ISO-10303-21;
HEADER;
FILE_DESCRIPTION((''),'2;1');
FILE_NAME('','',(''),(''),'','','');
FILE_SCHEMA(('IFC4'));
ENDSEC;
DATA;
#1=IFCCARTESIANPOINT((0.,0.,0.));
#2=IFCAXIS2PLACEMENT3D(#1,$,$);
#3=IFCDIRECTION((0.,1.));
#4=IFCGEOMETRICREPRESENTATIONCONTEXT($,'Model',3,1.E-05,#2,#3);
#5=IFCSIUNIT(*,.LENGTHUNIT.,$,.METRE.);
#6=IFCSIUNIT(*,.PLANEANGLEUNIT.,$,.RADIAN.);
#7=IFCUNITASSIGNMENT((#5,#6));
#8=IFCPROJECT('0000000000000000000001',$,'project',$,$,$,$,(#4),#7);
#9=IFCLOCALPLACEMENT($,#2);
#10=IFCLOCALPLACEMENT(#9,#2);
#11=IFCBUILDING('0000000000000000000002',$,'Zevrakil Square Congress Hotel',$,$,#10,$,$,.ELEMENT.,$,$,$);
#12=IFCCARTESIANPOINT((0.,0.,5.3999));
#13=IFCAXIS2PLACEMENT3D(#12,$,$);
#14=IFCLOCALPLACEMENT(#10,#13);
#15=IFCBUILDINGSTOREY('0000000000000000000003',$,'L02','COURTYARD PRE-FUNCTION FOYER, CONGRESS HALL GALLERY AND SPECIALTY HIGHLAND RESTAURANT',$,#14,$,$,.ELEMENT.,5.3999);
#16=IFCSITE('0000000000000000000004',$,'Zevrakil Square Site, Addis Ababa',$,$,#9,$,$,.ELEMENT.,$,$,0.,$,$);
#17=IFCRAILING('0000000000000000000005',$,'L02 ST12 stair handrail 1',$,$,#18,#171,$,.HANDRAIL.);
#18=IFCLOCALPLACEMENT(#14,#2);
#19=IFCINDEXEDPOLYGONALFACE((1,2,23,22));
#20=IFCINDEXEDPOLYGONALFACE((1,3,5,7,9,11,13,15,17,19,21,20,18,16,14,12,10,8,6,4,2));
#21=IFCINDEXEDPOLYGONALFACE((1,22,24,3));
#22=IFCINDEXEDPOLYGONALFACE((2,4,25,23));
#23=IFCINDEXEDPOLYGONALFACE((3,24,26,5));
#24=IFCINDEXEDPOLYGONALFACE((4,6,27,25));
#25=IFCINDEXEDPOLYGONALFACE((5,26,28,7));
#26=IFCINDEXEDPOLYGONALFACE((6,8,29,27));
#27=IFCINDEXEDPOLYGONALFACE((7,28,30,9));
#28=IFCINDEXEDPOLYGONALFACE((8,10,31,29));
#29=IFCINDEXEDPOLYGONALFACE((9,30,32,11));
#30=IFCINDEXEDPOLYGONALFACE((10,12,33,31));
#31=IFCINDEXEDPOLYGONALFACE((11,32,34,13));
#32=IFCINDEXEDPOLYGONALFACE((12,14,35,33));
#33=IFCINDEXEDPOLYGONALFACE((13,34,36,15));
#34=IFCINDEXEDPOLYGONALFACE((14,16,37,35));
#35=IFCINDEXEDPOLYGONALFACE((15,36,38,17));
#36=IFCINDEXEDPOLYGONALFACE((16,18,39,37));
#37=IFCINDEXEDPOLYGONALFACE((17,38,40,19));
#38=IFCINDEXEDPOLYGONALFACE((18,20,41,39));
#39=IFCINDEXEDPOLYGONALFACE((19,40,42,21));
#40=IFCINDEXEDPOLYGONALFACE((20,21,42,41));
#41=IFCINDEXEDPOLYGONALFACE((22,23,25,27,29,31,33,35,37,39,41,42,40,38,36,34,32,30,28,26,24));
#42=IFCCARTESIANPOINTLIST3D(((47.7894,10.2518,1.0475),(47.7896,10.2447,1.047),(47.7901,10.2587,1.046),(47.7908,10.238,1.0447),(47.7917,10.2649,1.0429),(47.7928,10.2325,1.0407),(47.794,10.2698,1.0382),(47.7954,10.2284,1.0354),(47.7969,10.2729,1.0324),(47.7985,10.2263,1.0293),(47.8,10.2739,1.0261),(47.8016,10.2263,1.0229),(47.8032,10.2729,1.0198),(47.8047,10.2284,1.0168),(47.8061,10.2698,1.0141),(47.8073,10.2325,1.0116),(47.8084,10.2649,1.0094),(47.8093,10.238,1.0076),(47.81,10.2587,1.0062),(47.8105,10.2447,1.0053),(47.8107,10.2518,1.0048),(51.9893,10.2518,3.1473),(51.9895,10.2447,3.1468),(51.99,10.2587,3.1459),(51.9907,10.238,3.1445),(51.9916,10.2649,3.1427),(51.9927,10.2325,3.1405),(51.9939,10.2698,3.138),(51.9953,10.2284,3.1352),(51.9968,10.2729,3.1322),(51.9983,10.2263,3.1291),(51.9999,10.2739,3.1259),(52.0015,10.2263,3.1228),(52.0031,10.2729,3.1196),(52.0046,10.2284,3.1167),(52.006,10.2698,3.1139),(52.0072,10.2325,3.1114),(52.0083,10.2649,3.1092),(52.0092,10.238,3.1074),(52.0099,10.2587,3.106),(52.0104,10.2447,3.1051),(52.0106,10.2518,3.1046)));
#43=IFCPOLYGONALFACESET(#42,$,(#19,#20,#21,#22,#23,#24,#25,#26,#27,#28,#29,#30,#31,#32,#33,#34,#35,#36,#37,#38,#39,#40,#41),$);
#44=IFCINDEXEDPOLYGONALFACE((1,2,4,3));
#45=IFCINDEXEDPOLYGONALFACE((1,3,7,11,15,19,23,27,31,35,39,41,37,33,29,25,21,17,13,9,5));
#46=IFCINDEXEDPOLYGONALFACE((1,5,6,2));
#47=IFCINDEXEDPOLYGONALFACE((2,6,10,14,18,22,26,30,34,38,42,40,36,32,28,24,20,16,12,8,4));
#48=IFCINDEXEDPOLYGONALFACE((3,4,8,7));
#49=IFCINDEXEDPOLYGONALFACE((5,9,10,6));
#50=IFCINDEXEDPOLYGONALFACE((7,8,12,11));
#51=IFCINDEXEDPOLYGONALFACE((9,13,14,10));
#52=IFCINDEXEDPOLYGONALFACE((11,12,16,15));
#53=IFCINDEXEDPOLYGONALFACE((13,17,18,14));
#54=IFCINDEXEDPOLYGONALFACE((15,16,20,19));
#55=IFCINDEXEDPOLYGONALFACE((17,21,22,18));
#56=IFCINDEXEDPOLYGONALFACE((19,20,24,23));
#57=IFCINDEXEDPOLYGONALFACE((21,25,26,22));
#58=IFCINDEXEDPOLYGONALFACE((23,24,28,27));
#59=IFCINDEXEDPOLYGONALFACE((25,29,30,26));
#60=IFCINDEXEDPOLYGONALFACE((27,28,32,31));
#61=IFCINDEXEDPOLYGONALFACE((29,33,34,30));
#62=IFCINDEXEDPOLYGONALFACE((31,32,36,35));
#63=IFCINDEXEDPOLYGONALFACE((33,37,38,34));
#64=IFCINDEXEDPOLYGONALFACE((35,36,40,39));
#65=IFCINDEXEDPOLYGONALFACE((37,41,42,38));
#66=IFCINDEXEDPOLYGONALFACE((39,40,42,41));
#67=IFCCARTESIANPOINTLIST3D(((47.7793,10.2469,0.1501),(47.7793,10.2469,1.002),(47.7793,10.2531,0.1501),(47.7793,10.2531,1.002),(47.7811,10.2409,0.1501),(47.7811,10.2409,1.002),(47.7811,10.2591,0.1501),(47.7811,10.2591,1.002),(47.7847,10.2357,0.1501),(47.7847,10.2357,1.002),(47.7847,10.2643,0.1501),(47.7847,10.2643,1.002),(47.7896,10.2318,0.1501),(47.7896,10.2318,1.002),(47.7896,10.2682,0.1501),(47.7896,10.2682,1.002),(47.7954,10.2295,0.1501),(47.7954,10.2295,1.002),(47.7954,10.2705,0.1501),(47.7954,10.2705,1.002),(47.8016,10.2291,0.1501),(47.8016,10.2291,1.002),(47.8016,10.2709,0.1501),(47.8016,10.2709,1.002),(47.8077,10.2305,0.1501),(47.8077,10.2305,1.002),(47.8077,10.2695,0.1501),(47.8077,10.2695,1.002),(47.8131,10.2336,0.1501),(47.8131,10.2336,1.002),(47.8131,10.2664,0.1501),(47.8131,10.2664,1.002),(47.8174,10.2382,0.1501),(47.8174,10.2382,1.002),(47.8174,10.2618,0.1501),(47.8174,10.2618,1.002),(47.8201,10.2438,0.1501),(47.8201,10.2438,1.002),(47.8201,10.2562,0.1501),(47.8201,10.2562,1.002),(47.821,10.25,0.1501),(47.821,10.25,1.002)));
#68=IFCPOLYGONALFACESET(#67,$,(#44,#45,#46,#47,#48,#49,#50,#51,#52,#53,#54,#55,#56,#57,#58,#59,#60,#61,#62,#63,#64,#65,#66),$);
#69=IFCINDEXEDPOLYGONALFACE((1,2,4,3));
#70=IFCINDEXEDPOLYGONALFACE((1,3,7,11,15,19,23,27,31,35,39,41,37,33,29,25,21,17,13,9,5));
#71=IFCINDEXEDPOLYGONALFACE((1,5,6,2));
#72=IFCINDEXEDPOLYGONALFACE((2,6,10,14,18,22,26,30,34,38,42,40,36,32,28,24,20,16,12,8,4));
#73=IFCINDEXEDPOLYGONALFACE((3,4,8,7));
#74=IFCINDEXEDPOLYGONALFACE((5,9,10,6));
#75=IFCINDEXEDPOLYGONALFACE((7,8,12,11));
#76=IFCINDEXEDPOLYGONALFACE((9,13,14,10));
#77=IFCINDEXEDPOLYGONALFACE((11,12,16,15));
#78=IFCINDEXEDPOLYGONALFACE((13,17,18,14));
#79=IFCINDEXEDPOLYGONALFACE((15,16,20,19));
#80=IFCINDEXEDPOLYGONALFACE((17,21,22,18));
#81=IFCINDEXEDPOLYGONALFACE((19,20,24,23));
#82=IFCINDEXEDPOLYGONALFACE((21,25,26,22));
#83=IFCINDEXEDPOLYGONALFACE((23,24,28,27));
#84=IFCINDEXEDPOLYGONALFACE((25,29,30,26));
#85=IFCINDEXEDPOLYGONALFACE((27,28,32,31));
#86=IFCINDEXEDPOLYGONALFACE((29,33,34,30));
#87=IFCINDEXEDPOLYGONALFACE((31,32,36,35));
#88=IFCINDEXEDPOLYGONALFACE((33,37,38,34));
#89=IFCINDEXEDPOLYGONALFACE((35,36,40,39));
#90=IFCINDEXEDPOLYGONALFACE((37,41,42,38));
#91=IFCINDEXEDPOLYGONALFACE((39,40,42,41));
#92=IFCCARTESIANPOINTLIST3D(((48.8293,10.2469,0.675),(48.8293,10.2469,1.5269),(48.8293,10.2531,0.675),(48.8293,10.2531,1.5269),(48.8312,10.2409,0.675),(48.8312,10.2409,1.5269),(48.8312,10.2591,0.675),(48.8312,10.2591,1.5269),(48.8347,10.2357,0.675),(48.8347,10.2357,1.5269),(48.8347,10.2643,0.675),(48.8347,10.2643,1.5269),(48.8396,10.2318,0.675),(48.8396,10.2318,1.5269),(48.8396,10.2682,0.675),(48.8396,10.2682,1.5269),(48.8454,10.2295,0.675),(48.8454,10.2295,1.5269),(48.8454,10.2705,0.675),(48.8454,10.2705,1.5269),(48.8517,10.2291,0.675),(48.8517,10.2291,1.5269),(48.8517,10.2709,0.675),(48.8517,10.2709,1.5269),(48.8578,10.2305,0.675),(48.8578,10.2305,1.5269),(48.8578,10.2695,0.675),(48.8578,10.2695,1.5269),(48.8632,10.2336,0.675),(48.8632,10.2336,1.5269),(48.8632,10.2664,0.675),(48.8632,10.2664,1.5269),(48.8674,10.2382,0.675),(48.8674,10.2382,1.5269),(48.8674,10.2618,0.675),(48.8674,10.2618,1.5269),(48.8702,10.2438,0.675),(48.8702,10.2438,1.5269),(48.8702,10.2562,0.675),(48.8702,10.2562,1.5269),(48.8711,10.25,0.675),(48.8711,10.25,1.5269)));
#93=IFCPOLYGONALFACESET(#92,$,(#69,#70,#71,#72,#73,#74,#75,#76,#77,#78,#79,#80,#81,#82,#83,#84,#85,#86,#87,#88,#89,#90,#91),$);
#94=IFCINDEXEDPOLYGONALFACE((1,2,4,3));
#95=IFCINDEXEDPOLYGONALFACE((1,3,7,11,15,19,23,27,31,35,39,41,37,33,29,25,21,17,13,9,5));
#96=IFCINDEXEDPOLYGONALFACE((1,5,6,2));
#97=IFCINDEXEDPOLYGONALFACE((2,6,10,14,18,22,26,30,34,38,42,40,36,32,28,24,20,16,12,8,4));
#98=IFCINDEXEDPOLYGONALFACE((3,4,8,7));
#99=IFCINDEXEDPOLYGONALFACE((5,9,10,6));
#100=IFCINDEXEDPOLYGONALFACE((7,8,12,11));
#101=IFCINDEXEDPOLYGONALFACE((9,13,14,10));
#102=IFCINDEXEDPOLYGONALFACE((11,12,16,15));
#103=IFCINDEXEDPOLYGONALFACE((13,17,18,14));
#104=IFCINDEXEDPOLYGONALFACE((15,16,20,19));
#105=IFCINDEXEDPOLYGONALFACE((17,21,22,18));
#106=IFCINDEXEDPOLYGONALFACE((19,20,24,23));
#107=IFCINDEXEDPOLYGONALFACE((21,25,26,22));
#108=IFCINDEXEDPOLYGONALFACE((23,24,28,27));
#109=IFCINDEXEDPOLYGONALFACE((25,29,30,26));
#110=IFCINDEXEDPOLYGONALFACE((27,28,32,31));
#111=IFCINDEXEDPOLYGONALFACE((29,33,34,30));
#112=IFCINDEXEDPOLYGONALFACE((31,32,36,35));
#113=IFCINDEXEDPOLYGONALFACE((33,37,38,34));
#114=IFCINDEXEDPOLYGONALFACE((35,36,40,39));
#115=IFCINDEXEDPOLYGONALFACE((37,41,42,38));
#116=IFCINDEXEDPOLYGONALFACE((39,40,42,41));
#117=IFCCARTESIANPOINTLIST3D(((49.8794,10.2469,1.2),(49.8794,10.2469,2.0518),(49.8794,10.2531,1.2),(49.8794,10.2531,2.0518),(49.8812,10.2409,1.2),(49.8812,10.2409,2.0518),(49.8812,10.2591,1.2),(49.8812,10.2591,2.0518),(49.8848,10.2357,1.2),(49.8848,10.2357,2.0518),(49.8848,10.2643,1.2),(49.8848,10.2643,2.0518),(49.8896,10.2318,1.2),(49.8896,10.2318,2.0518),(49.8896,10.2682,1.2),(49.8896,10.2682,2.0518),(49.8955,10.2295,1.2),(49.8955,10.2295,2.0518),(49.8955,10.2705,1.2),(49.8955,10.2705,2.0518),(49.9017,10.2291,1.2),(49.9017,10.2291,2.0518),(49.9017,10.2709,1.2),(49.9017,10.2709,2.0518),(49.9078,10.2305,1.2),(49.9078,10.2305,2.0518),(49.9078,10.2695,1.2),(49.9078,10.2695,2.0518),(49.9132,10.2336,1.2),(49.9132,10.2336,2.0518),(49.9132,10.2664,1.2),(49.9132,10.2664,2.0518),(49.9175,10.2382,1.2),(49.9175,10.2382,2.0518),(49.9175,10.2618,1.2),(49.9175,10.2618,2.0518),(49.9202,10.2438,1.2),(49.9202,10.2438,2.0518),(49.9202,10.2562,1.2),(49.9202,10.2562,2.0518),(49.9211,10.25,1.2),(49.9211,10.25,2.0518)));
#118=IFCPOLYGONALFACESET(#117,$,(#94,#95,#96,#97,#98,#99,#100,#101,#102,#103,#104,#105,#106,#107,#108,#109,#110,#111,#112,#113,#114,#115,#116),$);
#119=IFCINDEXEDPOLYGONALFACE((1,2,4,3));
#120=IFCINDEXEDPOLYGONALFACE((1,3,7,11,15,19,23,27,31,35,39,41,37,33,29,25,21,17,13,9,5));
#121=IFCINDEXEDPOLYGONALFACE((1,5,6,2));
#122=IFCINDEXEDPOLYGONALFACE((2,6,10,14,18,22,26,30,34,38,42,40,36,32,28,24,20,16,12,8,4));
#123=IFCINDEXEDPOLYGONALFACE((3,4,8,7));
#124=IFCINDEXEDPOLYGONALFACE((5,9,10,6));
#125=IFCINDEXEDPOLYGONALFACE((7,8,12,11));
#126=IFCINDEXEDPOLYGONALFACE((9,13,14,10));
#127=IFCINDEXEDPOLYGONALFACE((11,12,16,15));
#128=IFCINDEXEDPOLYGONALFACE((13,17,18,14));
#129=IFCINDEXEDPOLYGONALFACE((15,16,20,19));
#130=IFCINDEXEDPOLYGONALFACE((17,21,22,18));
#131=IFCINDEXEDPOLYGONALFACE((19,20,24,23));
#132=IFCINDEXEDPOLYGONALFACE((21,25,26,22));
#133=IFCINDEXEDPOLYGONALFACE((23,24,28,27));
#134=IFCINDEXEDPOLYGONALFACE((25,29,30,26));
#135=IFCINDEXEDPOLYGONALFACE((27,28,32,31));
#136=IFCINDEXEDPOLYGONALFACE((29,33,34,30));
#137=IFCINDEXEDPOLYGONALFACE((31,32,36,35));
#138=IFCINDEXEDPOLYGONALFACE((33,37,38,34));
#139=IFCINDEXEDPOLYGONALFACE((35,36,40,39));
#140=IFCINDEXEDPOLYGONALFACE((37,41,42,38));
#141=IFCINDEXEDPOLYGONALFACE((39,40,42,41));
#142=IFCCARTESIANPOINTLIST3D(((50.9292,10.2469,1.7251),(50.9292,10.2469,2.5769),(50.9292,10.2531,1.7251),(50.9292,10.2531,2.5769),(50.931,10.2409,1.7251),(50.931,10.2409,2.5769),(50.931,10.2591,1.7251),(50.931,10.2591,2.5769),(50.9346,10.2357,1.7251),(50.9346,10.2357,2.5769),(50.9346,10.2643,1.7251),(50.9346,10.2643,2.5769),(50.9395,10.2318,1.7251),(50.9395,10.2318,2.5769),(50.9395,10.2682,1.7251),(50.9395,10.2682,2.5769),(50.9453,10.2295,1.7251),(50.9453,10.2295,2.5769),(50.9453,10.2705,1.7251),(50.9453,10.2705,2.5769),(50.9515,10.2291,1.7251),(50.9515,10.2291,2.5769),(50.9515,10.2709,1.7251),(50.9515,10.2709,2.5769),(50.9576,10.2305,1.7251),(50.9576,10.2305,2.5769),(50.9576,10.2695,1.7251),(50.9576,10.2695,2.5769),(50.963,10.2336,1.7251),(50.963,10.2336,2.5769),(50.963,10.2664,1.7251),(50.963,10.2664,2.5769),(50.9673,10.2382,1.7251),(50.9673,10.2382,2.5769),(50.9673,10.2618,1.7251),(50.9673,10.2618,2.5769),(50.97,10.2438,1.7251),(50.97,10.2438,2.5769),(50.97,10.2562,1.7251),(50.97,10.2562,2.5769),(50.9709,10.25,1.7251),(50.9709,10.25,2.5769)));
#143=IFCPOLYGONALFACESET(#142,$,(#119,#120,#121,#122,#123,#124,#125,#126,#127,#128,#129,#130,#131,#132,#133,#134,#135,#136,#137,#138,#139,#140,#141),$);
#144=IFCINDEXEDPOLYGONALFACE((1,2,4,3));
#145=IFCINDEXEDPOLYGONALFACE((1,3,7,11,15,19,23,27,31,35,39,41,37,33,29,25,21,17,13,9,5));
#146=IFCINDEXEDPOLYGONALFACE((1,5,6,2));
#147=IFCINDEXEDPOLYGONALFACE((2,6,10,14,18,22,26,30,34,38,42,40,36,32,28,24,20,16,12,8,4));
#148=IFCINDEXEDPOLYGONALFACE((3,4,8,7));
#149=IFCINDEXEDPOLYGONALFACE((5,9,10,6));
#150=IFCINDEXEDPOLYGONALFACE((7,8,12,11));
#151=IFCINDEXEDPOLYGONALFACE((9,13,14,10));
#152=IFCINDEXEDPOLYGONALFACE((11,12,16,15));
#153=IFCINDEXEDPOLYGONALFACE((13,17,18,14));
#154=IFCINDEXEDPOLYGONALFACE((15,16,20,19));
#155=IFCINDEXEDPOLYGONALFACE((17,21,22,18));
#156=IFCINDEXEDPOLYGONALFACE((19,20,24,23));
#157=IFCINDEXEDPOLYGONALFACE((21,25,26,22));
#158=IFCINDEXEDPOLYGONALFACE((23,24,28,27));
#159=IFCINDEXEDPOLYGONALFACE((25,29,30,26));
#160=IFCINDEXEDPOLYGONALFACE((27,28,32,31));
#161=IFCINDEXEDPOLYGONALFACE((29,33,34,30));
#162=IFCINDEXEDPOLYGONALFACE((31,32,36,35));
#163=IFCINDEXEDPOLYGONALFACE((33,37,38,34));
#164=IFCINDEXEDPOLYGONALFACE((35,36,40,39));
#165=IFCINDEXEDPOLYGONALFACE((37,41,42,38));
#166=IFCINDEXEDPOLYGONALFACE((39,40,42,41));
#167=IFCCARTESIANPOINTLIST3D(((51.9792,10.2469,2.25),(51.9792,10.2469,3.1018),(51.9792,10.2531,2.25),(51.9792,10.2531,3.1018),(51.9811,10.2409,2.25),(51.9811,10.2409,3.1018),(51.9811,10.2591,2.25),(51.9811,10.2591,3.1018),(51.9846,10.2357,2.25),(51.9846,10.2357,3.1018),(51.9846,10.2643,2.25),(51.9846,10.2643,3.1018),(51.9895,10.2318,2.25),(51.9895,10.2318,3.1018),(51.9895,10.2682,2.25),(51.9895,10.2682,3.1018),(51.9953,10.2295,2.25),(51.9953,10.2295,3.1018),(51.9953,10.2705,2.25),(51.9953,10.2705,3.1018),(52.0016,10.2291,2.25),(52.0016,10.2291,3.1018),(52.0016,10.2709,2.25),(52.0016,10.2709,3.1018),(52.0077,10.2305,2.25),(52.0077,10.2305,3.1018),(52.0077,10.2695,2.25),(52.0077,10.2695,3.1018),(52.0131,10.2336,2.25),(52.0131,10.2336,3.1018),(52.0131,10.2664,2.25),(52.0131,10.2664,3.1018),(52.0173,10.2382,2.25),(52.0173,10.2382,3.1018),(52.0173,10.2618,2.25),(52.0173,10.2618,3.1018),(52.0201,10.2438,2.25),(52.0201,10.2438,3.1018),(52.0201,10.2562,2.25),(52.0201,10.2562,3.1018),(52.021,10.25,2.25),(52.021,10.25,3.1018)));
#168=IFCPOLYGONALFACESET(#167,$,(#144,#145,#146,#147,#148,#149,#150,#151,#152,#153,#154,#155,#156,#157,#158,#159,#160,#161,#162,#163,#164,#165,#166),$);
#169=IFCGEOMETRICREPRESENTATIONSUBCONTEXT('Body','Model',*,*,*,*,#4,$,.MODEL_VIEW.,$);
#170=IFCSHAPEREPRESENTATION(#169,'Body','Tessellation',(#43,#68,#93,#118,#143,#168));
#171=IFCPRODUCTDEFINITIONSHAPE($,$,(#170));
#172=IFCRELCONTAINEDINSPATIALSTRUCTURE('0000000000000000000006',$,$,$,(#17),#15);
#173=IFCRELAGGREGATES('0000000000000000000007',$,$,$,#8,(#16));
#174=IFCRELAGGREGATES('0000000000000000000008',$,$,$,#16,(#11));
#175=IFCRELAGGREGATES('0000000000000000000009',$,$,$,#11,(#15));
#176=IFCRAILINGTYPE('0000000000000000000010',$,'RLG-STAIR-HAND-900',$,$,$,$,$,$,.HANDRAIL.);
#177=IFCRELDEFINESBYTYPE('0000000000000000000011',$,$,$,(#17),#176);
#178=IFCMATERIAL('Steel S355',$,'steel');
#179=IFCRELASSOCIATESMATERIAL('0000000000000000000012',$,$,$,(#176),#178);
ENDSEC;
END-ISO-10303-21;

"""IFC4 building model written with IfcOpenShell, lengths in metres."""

from ifc_helpers import new_model, si_unit, direction, frame, origin, origin_2d, place, context, subcontext, project, spatial, circle, extrude, material, type_object, element, save


model = new_model("IFC4")

# Units and contexts
model_context = context("Model", 3, precision=1e-05, world=origin(), true_north=direction((0.0, 1.0)))
body_context = subcontext(model_context, "Body", "Model", "MODEL_VIEW")
ifc_project = project(units=[si_unit("LENGTHUNIT", "METRE"), si_unit("PLANEANGLEUNIT", "RADIAN")], contexts=[model_context])

# Site, building, storey
site_placement = place(None, origin())
site = spatial("IfcSite", under=ifc_project, at=site_placement, Name="Zevrakil Square Site, Addis Ababa", CompositionType="ELEMENT", RefElevation=0.0)
building_placement = place(site_placement, origin())
building = spatial("IfcBuilding", under=site, at=building_placement, Name="Zevrakil Square Congress Hotel", CompositionType="ELEMENT")
storey_placement = place(building_placement, frame((0.0, 0.0, 5.3999)))
storey = spatial("IfcBuildingStorey", under=building, at=storey_placement, Name="L02", Description="COURTYARD PRE-FUNCTION FOYER, CONGRESS HALL GALLERY AND SPECIALTY HIGHLAND RESTAURANT", CompositionType="ELEMENT", Elevation=5.3999)

# Railing
ifc_material_1 = material(Name="Steel S355", Category="steel")
railing_type_1 = type_object("IfcRailingType", Name="RLG-STAIR-HAND-900", PredefinedType="HANDRAIL", material=ifc_material_1)
railing_1_placement = place(storey_placement, frame((47.8, 10.25, 0.1501)))
element("IfcRailing", 1, at=railing_1_placement, inside=storey, type_object=railing_type_1, Name="L02 ST12 stair handrail 1", PredefinedType="HANDRAIL", context=body_context, shape_type="SweptSolid", body=[
    extrude(circle(Radius=0.0239, at=origin_2d()), frame((0.0, 0.0, 0.876), z_axis=(0.894438, 0.0, 0.447193), x_axis=(0.0, 1.0, 0.0)), (0.0, 0.0, 1.0), 4.6956),
    extrude(circle(Radius=0.021, at=origin_2d()), origin(), (0.0, 0.0, 1.0), 0.8518),
    extrude(circle(Radius=0.021, at=origin_2d()), frame((1.05, 0.0, 0.5249)), (0.0, 0.0, 1.0), 0.8518),
    extrude(circle(Radius=0.021, at=origin_2d()), frame((2.1001, 0.0, 1.0498)), (0.0, 0.0, 1.0), 0.8518),
    extrude(circle(Radius=0.021, at=origin_2d()), frame((3.1499, 0.0, 1.575)), (0.0, 0.0, 1.0), 0.8518),
    extrude(circle(Radius=0.021, at=origin_2d()), frame((4.2, 0.0, 2.0999)), (0.0, 0.0, 1.0), 0.8518),
])

save(model, "model.ifc")
